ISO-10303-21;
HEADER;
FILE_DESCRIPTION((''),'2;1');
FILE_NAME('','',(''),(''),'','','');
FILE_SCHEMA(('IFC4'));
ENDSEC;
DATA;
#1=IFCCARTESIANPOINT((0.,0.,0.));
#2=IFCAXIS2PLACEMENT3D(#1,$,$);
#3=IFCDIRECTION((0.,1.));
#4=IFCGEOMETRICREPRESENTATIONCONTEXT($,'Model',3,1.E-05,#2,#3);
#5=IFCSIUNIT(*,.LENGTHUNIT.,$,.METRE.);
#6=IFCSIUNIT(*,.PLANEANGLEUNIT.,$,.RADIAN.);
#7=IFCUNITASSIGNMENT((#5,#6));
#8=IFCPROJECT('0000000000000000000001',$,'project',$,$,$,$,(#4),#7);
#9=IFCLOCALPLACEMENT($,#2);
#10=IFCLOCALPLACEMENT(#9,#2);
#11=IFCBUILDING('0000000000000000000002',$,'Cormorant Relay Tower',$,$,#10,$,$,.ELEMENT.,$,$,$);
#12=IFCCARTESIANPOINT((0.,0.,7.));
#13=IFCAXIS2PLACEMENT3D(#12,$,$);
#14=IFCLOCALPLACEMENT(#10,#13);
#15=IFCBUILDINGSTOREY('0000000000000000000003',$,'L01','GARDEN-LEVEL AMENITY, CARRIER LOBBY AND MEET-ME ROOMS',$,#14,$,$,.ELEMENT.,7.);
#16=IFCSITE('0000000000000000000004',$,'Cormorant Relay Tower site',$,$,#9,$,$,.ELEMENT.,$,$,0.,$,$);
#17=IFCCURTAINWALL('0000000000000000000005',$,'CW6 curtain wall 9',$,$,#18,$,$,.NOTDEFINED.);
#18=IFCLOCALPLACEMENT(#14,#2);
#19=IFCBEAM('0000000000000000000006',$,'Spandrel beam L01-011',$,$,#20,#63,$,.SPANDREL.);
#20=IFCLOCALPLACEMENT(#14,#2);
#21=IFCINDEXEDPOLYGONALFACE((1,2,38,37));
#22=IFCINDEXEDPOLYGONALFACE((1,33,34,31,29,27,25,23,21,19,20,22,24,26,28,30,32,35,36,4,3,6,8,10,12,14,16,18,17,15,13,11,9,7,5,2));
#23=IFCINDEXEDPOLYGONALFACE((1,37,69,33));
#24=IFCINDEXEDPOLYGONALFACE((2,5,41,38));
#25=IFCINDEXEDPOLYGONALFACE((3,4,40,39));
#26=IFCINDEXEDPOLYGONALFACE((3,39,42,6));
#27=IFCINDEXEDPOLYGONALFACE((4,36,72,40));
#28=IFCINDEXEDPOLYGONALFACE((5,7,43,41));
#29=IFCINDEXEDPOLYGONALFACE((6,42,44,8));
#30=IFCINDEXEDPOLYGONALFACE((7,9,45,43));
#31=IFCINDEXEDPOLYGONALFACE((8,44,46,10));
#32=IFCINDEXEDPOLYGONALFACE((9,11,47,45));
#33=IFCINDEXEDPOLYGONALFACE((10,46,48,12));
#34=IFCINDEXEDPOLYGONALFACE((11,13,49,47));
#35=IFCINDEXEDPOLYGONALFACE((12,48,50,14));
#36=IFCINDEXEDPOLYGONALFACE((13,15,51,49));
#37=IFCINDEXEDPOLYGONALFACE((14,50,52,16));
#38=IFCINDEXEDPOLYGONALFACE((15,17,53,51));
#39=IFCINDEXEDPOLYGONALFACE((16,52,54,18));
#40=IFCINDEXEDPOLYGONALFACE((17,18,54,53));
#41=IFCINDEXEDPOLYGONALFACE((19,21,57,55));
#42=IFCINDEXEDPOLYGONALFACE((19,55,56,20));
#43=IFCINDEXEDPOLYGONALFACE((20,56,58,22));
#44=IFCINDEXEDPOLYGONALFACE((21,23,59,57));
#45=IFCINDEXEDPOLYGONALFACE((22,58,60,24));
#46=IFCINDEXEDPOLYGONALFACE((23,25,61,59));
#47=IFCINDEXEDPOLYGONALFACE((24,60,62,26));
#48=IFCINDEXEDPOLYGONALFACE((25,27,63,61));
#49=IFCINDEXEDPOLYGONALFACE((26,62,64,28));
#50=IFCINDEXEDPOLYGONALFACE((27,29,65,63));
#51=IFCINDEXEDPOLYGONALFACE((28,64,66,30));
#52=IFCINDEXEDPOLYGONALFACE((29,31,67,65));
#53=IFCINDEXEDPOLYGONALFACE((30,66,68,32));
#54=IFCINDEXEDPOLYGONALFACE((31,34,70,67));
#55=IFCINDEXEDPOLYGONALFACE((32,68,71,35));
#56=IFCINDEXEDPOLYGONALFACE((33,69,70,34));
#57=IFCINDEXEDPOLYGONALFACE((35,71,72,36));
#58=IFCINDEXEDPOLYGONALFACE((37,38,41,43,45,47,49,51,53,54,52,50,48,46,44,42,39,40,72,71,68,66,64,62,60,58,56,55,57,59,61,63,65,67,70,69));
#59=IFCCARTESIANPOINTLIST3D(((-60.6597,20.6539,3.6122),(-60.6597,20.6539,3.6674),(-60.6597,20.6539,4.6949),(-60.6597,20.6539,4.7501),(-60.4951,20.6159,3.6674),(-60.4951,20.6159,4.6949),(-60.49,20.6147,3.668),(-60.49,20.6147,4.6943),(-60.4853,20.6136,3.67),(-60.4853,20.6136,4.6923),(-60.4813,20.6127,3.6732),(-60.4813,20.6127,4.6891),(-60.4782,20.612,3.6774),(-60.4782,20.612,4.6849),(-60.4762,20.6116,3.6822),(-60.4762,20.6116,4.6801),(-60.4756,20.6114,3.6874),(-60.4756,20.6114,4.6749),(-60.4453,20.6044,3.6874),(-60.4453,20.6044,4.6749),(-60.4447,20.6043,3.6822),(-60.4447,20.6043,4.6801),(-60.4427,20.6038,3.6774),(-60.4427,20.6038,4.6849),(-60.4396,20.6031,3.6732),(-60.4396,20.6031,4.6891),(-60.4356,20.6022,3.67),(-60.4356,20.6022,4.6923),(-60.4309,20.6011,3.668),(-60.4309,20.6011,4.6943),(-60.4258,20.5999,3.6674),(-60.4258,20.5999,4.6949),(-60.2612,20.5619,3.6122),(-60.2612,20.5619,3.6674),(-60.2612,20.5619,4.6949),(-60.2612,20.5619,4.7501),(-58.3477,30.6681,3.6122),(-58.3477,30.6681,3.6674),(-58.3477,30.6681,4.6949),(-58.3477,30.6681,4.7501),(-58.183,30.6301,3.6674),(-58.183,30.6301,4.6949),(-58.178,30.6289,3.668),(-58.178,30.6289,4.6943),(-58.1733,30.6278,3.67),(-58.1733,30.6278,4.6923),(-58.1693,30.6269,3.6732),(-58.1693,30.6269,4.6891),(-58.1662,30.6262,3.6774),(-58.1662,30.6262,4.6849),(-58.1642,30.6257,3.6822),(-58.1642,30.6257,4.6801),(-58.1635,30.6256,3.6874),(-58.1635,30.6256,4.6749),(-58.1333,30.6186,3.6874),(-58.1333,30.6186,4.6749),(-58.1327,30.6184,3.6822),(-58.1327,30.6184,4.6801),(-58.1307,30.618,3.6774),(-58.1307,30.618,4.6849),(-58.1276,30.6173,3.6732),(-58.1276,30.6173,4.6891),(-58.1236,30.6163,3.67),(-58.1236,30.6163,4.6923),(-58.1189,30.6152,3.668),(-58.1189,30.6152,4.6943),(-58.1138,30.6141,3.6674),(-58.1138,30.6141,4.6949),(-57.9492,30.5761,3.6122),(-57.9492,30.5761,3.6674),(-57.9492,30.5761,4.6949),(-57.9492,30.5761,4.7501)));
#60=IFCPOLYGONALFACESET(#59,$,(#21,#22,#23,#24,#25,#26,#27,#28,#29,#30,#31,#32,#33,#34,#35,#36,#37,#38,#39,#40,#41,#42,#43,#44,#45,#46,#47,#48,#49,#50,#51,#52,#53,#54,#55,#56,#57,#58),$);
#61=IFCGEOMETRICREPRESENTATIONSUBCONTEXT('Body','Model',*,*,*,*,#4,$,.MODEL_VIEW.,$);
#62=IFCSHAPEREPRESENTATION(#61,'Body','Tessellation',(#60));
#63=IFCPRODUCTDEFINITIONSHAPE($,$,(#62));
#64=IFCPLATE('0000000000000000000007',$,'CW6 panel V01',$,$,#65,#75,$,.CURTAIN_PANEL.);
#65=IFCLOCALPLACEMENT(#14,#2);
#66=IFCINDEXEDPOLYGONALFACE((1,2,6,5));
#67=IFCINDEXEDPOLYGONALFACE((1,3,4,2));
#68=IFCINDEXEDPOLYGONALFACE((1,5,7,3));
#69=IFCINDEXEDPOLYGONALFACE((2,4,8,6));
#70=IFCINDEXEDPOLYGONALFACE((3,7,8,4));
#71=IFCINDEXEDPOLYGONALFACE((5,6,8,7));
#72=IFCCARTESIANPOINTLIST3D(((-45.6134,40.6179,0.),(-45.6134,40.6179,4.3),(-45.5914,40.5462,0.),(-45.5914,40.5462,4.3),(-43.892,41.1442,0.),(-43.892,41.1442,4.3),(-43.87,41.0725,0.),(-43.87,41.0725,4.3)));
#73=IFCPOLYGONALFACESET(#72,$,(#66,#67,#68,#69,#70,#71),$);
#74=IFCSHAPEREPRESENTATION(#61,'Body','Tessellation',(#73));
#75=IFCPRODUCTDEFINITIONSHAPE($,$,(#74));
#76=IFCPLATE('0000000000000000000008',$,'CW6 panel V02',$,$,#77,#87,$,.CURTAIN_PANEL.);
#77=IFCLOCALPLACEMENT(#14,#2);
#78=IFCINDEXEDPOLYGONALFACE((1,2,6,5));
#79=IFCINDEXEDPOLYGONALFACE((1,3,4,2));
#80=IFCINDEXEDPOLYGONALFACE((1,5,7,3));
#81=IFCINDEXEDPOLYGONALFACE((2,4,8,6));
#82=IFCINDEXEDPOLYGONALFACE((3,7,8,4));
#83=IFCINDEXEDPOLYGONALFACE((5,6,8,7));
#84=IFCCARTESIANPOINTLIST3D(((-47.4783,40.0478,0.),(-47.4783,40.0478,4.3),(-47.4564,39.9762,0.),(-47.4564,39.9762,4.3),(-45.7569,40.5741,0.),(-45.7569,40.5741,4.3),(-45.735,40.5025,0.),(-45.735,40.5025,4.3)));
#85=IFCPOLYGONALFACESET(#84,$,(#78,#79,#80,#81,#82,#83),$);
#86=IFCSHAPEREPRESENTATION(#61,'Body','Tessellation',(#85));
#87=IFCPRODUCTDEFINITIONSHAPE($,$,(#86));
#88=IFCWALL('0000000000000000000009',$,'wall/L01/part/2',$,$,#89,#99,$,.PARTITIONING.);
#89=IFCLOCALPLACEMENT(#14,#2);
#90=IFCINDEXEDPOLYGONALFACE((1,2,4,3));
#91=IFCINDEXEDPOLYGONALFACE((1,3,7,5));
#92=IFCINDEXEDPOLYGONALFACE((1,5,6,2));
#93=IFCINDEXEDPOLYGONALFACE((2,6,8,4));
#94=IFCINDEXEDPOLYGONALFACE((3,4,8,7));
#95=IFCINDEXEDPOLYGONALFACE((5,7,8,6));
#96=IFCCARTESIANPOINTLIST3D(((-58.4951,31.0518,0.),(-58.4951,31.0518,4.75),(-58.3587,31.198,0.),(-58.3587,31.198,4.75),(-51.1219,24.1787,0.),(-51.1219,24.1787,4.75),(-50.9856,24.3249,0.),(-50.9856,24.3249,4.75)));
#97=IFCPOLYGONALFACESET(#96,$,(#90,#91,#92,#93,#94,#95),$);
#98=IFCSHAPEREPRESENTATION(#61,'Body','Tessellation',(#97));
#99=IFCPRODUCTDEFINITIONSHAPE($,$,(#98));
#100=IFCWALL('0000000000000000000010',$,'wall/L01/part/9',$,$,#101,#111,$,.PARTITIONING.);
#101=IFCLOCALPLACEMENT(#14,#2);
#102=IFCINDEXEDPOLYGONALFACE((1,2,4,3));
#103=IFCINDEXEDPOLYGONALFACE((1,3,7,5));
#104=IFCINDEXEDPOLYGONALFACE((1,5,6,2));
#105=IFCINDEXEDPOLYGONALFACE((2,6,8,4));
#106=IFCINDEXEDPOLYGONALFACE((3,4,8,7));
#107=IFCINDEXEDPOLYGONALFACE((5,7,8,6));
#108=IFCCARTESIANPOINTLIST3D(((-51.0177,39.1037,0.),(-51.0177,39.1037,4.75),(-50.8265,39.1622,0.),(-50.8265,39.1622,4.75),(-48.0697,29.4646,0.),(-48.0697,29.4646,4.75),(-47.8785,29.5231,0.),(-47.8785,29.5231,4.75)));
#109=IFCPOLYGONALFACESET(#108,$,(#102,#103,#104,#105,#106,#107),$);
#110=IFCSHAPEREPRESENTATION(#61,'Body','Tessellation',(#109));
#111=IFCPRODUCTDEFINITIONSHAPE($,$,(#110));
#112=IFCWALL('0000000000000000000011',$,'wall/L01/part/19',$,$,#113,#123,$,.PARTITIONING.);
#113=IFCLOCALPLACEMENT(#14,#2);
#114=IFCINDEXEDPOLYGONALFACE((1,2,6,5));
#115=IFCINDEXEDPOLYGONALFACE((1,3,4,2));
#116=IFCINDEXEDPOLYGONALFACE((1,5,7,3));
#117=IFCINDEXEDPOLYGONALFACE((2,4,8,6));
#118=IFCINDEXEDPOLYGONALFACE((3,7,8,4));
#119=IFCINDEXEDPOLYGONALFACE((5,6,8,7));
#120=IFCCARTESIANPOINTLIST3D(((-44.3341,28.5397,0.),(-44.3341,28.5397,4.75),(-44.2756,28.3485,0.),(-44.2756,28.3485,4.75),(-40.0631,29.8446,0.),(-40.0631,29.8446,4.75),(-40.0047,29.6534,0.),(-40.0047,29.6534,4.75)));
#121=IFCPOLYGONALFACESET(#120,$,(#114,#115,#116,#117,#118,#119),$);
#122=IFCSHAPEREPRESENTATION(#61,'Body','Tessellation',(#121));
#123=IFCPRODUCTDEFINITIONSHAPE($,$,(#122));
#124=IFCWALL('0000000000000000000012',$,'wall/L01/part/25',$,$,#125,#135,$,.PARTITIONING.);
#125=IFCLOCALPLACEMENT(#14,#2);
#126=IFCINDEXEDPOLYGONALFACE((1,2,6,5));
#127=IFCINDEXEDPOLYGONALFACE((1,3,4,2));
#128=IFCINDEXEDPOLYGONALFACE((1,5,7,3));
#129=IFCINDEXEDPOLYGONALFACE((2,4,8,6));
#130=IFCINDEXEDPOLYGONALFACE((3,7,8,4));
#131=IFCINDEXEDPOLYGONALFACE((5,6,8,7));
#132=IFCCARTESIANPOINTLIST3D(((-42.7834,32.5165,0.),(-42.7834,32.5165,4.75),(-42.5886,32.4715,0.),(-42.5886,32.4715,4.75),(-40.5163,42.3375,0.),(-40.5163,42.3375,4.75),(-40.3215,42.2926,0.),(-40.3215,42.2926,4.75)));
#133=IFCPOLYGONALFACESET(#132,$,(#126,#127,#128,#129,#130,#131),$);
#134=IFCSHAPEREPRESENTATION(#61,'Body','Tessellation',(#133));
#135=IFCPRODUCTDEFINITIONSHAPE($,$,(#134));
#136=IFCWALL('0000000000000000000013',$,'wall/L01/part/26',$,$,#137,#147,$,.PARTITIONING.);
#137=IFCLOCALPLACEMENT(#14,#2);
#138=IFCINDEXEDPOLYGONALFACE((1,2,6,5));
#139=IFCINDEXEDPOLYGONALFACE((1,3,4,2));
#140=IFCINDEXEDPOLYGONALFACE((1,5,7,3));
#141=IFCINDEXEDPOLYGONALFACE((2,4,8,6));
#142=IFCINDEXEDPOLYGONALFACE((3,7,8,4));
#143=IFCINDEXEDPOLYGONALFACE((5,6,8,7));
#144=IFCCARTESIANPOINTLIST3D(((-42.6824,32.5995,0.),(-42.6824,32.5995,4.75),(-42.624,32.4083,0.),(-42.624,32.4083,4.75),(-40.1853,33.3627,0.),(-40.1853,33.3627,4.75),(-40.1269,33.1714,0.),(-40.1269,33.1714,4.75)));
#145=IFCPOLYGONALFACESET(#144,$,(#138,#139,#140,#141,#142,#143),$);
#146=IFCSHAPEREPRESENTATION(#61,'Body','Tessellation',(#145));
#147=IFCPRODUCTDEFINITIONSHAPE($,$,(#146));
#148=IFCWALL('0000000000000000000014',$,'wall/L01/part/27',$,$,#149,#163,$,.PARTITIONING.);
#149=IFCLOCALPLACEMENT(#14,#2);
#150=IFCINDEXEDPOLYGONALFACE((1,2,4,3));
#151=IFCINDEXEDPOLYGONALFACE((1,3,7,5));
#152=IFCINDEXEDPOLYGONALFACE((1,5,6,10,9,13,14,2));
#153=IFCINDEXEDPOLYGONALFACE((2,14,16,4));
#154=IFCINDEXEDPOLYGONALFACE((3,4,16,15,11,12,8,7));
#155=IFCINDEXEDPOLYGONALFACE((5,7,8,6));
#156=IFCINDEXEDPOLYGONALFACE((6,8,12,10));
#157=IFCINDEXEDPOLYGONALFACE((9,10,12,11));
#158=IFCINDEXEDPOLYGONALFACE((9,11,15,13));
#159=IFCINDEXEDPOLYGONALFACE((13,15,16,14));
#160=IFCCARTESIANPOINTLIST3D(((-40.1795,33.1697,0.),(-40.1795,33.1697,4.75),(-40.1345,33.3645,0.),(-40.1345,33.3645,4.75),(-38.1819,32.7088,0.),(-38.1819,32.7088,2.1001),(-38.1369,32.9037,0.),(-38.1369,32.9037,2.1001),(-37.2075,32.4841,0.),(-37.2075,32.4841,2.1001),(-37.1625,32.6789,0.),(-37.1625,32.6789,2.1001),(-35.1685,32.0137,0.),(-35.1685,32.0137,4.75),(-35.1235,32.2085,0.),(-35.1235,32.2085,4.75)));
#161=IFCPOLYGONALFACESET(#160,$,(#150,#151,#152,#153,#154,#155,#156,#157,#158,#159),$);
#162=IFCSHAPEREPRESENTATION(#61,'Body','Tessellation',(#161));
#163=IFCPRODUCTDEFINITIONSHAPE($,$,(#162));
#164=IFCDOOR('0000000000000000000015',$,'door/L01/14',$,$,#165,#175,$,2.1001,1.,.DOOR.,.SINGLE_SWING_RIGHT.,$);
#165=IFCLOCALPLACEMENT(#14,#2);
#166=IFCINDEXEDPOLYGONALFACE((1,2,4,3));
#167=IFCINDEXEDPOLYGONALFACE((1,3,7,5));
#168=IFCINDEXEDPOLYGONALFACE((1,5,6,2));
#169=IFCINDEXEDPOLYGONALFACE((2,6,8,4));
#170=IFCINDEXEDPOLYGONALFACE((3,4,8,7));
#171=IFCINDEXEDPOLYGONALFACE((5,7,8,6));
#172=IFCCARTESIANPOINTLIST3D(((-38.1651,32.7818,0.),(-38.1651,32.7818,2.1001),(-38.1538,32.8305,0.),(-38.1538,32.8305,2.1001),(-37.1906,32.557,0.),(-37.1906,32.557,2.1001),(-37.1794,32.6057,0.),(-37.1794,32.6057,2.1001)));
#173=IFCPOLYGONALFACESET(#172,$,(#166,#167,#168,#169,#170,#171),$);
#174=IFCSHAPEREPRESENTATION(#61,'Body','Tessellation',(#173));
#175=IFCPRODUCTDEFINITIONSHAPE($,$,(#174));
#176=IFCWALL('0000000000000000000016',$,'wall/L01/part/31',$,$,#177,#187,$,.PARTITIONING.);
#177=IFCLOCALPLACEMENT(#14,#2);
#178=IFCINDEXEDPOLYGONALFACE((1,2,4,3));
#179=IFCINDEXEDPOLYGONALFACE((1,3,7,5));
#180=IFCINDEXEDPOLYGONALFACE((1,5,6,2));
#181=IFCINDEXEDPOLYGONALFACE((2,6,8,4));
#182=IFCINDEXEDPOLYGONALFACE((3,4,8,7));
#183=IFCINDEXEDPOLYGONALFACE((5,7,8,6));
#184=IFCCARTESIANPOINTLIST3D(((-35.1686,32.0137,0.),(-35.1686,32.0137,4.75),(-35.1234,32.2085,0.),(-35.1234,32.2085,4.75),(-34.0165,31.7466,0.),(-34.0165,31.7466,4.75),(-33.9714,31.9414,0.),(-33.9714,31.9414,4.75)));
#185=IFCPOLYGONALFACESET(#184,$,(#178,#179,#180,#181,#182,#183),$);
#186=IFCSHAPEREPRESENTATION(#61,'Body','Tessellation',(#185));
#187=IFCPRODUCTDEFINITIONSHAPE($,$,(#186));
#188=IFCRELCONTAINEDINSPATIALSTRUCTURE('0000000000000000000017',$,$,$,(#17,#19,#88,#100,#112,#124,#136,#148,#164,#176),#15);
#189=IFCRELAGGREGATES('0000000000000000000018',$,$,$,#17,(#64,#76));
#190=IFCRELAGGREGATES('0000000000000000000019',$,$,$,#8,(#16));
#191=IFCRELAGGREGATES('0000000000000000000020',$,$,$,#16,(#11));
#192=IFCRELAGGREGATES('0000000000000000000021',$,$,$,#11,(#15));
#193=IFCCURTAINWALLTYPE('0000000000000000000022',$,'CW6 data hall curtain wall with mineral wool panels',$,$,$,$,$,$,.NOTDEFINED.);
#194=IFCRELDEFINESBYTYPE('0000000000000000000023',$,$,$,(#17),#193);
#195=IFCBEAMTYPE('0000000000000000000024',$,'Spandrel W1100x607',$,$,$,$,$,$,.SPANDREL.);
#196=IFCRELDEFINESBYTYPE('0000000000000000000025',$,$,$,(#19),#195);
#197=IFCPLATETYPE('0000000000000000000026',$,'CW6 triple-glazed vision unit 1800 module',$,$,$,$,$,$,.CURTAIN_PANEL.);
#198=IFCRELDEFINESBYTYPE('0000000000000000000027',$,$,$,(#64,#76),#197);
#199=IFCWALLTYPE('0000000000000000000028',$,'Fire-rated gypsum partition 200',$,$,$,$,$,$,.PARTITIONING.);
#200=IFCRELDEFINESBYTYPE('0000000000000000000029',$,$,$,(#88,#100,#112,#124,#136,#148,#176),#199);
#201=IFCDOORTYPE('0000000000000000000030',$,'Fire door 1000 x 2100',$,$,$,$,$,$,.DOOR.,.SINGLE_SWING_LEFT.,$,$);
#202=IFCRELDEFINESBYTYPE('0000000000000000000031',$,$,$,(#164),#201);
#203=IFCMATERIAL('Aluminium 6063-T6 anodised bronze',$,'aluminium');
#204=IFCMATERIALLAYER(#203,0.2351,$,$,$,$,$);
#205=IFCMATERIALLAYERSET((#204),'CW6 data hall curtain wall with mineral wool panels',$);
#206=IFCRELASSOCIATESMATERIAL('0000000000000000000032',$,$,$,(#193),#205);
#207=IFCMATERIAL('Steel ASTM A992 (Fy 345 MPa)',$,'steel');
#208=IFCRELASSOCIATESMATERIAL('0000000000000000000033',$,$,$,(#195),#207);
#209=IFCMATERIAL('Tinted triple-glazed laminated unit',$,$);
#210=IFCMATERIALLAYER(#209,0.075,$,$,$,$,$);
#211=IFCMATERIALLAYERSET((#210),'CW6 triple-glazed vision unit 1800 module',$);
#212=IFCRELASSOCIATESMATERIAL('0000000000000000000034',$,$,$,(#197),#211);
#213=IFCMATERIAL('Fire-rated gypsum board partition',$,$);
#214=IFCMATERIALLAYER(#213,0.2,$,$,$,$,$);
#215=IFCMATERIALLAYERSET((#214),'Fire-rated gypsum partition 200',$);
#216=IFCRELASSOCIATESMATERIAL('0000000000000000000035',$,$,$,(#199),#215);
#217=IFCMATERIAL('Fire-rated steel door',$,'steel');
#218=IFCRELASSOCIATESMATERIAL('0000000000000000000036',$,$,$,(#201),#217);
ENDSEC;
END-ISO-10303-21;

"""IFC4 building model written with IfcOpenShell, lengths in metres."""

from ifc_helpers import new_model, si_unit, direction, frame, frame_2d, origin, origin_2d, place, context, subcontext, project, spatial, rectangle, i_section, extrude, material, layer, layer_set, material_profile, profile_set, type_object, element, fill, aggregate, save


model = new_model("IFC4")

# Units and contexts
model_context = context("Model", 3, precision=1e-05, world=origin(), true_north=direction((0.0, 1.0)))
body_context = subcontext(model_context, "Body", "Model", "MODEL_VIEW")
ifc_project = project(units=[si_unit("LENGTHUNIT", "METRE"), si_unit("PLANEANGLEUNIT", "RADIAN")], contexts=[model_context])

# Site, building, storey
site_placement = place(None, origin())
site = spatial("IfcSite", under=ifc_project, at=site_placement, Name="Cormorant Relay Tower site", CompositionType="ELEMENT", RefElevation=0.0)
building_placement = place(site_placement, origin())
building = spatial("IfcBuilding", under=site, at=building_placement, Name="Cormorant Relay Tower", CompositionType="ELEMENT")
storey_placement = place(building_placement, frame((0.0, 0.0, 7.0)))
storey = spatial("IfcBuildingStorey", under=building, at=storey_placement, Name="L01", Description="GARDEN-LEVEL AMENITY, CARRIER LOBBY AND MEET-ME ROOMS", CompositionType="ELEMENT", Elevation=7.0)

# Curtain wall
ifc_material_1 = material(Name="Aluminium 6063-T6 anodised bronze", Category="aluminium")
ifc_layer_1 = layer(ifc_material_1, 0.2351)
ifc_layer_set_1 = layer_set([ifc_layer_1], Name="CW6 data hall curtain wall with mineral wool panels")
curtain_wall_type = type_object("IfcCurtainWallType", Name="CW6 data hall curtain wall with mineral wool panels", PredefinedType="NOTDEFINED", material=ifc_layer_set_1)
curtain_wall_1_placement = place(storey_placement, origin())
curtain_wall_1 = element("IfcCurtainWall", 1, at=curtain_wall_1_placement, inside=storey, type_object=curtain_wall_type, Name="CW6 curtain wall 9", PredefinedType="NOTDEFINED")

# Beam
ifc_material_2 = material(Name="Steel ASTM A992 (Fy 345 MPa)", Category="steel")
ifc_material_profile_1 = material_profile(ifc_material_2, i_section(OverallWidth=0.4089, OverallDepth=1.1379, WebThickness=0.031, FlangeThickness=0.0552, FilletRadius=0.02, at=origin_2d()), Name="W1100x607")
ifc_profile_set_1 = profile_set([ifc_material_profile_1], Name="Steel ASTM A992 (Fy 345 MPa)")
beam_type = type_object("IfcBeamType", Name="Spandrel W1100x607", PredefinedType="SPANDREL", material=ifc_profile_set_1)
beam_1_placement = place(storey_placement, frame((-58.1484, 30.6221, 4.1812), z_axis=(-0.224957, -0.974369, 0.0), x_axis=(0.974369, -0.224957, 0.0)))
element("IfcBeam", 2, at=beam_1_placement, inside=storey, type_object=beam_type, Name="Spandrel beam L01-011", PredefinedType="SPANDREL", context=body_context, shape_type="SweptSolid", body=[
    extrude(i_section(OverallWidth=0.4089, OverallDepth=1.1379, WebThickness=0.031, FlangeThickness=0.0552, FilletRadius=0.02, at=origin_2d()), origin(), (0.0, 0.0, 1.0), 10.2776),
])

# Plates
ifc_material_3 = material(Name="Tinted triple-glazed laminated unit")
ifc_layer_2 = layer(ifc_material_3, 0.075)
ifc_layer_set_2 = layer_set([ifc_layer_2], Name="CW6 triple-glazed vision unit 1800 module")
plate_type = type_object("IfcPlateType", Name="CW6 triple-glazed vision unit 1800 module", PredefinedType="CURTAIN_PANEL", material=ifc_layer_set_2)
plate_1_placement = place(storey_placement, frame((-44.7417, 40.8452, 0.0), z_axis=(0.0, 0.0, 1.0), x_axis=(-0.956305, -0.292372, 0.0)))
plate_1 = element("IfcPlate", 3, at=plate_1_placement, type_object=plate_type, Name="CW6 panel V01", PredefinedType="CURTAIN_PANEL", context=body_context, shape_type="SweptSolid", body=[
    extrude(rectangle(XDim=1.8, YDim=0.075, at=origin_2d()), origin(), (0.0, 0.0, 1.0), 4.3),
])
plate_2_placement = place(storey_placement, frame((-46.6067, 40.2751, 0.0), z_axis=(0.0, 0.0, 1.0), x_axis=(-0.956305, -0.292372, 0.0)))
plate_2 = element("IfcPlate", 4, at=plate_2_placement, type_object=plate_type, Name="CW6 panel V02", PredefinedType="CURTAIN_PANEL", context=body_context, shape_type="SweptSolid", body=[
    extrude(rectangle(XDim=1.8, YDim=0.075, at=origin_2d()), origin(), (0.0, 0.0, 1.0), 4.3),
])

# Walls
ifc_material_4 = material(Name="Fire-rated gypsum board partition")
ifc_layer_3 = layer(ifc_material_4, 0.2)
ifc_layer_set_3 = layer_set([ifc_layer_3], Name="Fire-rated gypsum partition 200")
wall_type_1 = type_object("IfcWallType", Name="Fire-rated gypsum partition 200", PredefinedType="PARTITIONING", material=ifc_layer_set_3)
for number, where, z_axis, x_axis, name in (
    (5, (-58.427, 31.125, 0.0), (0.0, 0.0, 1.0), (0.731474, -0.681869, 0.0), "wall/L01/part/2"),
    (6, (-50.9221, 39.1331, 0.0), (0.0, 0.0, 1.0), (0.292463, -0.956277, 0.0), "wall/L01/part/9"),
):
    element("IfcWall", number, at=place(storey_placement, frame(where, z_axis=z_axis, x_axis=x_axis)), inside=storey, type_object=wall_type_1, Name=name, PredefinedType="PARTITIONING", context=body_context, shape_type="SweptSolid", body=[
        extrude(rectangle(XDim=10.0798, YDim=0.2, at=frame_2d((5.04, 0.0))), origin(), (0.0, 0.0, 1.0), 4.75),
    ])
wall_1_placement = place(storey_placement, frame((-40.0339, 29.749, 0.0), z_axis=(0.0, 0.0, 1.0), x_axis=(-0.956358, -0.292199, 0.0)))
element("IfcWall", 7, at=wall_1_placement, inside=storey, type_object=wall_type_1, Name="wall/L01/part/19", PredefinedType="PARTITIONING", context=body_context, shape_type="SweptSolid", body=[
    extrude(rectangle(XDim=4.4658, YDim=0.2, at=frame_2d((2.2329, 0.0))), origin(), (0.0, 0.0, 1.0), 4.75),
])
wall_2_placement = place(storey_placement, frame((-40.4189, 42.3149, 0.0), z_axis=(0.0, 0.0, 1.0), x_axis=(-0.224925, -0.974376, 0.0)))
element("IfcWall", 8, at=wall_2_placement, inside=storey, type_object=wall_type_1, Name="wall/L01/part/25", PredefinedType="PARTITIONING", context=body_context, shape_type="SweptSolid", body=[
    extrude(rectangle(XDim=10.0793, YDim=0.2, at=frame_2d((5.0396, 0.0))), origin(), (0.0, 0.0, 1.0), 4.75),
])
wall_3_placement = place(storey_placement, frame((-40.156, 33.2671, 0.0), z_axis=(0.0, 0.0, 1.0), x_axis=(-0.956331, -0.292285, 0.0)))
element("IfcWall", 9, at=wall_3_placement, inside=storey, type_object=wall_type_1, Name="wall/L01/part/26", PredefinedType="PARTITIONING", context=body_context, shape_type="SweptSolid", body=[
    extrude(rectangle(XDim=2.6111, YDim=0.2, at=frame_2d((1.3057, 0.0))), origin(), (0.0, 0.0, 1.0), 4.75),
])

# Wall, opening, door
wall_4_placement = place(storey_placement, frame((-40.157, 33.2671, 0.0), z_axis=(0.0, 0.0, 1.0), x_axis=(0.974407, -0.22479, 0.0)))
wall_4 = element("IfcWall", 10, at=wall_4_placement, inside=storey, type_object=wall_type_1, Name="wall/L01/part/27", PredefinedType="PARTITIONING", context=body_context, shape_type="SweptSolid", body=[
    extrude(rectangle(XDim=5.1426, YDim=0.2, at=frame_2d((2.5713, 0.0))), origin(), (0.0, 0.0, 1.0), 4.75),
])
opening_1_placement = place(wall_4_placement, frame((2.05, 0.0, 0.0)))
opening_1 = element("IfcOpeningElement", 11, at=opening_1_placement, cuts=wall_4, PredefinedType="OPENING", context=body_context, shape_type="SweptSolid", body=[
    extrude(rectangle(XDim=1.0, YDim=2.1001, at=frame_2d((0.5, 1.05))), frame((0.0, 0.1099, 0.0), z_axis=(0.0, -1.0, 0.0), x_axis=(1.0, 0.0, 0.0)), (0.0, 0.0, 1.0), 0.22),
])
ifc_material_5 = material(Name="Fire-rated steel door", Category="steel")
door_type_1 = type_object("IfcDoorType", Name="Fire door 1000 x 2100", OperationType="SINGLE_SWING_LEFT", PredefinedType="DOOR", material=ifc_material_5)
door_1_placement = place(opening_1_placement, origin())
door_1 = element("IfcDoor", 12, at=door_1_placement, inside=storey, type_object=door_type_1, Name="door/L01/14", OperationType="SINGLE_SWING_RIGHT", OverallHeight=2.1001, OverallWidth=1.0, PredefinedType="DOOR", context=body_context, shape_type="SweptSolid", body=[
    extrude(rectangle(XDim=1.0, YDim=2.1001, at=frame_2d((0.5, 1.05))), frame((0.0, 0.0249, 0.0), z_axis=(0.0, -1.0, 0.0), x_axis=(1.0, 0.0, 0.0)), (0.0, 0.0, 1.0), 0.05),
])
fill(opening_1, door_1)

# Wall
wall_5_placement = place(storey_placement, frame((-35.146, 32.1111, 0.0), z_axis=(0.0, 0.0, 1.0), x_axis=(0.974165, -0.225839, 0.0)))
element("IfcWall", 13, at=wall_5_placement, inside=storey, type_object=wall_type_1, Name="wall/L01/part/31", PredefinedType="PARTITIONING", context=body_context, shape_type="SweptSolid", body=[
    extrude(rectangle(XDim=1.1826, YDim=0.2, at=frame_2d((0.5913, 0.0))), origin(), (0.0, 0.0, 1.0), 4.75),
])

aggregate(curtain_wall_1, [plate_1, plate_2])

save(model, "model.ifc")
